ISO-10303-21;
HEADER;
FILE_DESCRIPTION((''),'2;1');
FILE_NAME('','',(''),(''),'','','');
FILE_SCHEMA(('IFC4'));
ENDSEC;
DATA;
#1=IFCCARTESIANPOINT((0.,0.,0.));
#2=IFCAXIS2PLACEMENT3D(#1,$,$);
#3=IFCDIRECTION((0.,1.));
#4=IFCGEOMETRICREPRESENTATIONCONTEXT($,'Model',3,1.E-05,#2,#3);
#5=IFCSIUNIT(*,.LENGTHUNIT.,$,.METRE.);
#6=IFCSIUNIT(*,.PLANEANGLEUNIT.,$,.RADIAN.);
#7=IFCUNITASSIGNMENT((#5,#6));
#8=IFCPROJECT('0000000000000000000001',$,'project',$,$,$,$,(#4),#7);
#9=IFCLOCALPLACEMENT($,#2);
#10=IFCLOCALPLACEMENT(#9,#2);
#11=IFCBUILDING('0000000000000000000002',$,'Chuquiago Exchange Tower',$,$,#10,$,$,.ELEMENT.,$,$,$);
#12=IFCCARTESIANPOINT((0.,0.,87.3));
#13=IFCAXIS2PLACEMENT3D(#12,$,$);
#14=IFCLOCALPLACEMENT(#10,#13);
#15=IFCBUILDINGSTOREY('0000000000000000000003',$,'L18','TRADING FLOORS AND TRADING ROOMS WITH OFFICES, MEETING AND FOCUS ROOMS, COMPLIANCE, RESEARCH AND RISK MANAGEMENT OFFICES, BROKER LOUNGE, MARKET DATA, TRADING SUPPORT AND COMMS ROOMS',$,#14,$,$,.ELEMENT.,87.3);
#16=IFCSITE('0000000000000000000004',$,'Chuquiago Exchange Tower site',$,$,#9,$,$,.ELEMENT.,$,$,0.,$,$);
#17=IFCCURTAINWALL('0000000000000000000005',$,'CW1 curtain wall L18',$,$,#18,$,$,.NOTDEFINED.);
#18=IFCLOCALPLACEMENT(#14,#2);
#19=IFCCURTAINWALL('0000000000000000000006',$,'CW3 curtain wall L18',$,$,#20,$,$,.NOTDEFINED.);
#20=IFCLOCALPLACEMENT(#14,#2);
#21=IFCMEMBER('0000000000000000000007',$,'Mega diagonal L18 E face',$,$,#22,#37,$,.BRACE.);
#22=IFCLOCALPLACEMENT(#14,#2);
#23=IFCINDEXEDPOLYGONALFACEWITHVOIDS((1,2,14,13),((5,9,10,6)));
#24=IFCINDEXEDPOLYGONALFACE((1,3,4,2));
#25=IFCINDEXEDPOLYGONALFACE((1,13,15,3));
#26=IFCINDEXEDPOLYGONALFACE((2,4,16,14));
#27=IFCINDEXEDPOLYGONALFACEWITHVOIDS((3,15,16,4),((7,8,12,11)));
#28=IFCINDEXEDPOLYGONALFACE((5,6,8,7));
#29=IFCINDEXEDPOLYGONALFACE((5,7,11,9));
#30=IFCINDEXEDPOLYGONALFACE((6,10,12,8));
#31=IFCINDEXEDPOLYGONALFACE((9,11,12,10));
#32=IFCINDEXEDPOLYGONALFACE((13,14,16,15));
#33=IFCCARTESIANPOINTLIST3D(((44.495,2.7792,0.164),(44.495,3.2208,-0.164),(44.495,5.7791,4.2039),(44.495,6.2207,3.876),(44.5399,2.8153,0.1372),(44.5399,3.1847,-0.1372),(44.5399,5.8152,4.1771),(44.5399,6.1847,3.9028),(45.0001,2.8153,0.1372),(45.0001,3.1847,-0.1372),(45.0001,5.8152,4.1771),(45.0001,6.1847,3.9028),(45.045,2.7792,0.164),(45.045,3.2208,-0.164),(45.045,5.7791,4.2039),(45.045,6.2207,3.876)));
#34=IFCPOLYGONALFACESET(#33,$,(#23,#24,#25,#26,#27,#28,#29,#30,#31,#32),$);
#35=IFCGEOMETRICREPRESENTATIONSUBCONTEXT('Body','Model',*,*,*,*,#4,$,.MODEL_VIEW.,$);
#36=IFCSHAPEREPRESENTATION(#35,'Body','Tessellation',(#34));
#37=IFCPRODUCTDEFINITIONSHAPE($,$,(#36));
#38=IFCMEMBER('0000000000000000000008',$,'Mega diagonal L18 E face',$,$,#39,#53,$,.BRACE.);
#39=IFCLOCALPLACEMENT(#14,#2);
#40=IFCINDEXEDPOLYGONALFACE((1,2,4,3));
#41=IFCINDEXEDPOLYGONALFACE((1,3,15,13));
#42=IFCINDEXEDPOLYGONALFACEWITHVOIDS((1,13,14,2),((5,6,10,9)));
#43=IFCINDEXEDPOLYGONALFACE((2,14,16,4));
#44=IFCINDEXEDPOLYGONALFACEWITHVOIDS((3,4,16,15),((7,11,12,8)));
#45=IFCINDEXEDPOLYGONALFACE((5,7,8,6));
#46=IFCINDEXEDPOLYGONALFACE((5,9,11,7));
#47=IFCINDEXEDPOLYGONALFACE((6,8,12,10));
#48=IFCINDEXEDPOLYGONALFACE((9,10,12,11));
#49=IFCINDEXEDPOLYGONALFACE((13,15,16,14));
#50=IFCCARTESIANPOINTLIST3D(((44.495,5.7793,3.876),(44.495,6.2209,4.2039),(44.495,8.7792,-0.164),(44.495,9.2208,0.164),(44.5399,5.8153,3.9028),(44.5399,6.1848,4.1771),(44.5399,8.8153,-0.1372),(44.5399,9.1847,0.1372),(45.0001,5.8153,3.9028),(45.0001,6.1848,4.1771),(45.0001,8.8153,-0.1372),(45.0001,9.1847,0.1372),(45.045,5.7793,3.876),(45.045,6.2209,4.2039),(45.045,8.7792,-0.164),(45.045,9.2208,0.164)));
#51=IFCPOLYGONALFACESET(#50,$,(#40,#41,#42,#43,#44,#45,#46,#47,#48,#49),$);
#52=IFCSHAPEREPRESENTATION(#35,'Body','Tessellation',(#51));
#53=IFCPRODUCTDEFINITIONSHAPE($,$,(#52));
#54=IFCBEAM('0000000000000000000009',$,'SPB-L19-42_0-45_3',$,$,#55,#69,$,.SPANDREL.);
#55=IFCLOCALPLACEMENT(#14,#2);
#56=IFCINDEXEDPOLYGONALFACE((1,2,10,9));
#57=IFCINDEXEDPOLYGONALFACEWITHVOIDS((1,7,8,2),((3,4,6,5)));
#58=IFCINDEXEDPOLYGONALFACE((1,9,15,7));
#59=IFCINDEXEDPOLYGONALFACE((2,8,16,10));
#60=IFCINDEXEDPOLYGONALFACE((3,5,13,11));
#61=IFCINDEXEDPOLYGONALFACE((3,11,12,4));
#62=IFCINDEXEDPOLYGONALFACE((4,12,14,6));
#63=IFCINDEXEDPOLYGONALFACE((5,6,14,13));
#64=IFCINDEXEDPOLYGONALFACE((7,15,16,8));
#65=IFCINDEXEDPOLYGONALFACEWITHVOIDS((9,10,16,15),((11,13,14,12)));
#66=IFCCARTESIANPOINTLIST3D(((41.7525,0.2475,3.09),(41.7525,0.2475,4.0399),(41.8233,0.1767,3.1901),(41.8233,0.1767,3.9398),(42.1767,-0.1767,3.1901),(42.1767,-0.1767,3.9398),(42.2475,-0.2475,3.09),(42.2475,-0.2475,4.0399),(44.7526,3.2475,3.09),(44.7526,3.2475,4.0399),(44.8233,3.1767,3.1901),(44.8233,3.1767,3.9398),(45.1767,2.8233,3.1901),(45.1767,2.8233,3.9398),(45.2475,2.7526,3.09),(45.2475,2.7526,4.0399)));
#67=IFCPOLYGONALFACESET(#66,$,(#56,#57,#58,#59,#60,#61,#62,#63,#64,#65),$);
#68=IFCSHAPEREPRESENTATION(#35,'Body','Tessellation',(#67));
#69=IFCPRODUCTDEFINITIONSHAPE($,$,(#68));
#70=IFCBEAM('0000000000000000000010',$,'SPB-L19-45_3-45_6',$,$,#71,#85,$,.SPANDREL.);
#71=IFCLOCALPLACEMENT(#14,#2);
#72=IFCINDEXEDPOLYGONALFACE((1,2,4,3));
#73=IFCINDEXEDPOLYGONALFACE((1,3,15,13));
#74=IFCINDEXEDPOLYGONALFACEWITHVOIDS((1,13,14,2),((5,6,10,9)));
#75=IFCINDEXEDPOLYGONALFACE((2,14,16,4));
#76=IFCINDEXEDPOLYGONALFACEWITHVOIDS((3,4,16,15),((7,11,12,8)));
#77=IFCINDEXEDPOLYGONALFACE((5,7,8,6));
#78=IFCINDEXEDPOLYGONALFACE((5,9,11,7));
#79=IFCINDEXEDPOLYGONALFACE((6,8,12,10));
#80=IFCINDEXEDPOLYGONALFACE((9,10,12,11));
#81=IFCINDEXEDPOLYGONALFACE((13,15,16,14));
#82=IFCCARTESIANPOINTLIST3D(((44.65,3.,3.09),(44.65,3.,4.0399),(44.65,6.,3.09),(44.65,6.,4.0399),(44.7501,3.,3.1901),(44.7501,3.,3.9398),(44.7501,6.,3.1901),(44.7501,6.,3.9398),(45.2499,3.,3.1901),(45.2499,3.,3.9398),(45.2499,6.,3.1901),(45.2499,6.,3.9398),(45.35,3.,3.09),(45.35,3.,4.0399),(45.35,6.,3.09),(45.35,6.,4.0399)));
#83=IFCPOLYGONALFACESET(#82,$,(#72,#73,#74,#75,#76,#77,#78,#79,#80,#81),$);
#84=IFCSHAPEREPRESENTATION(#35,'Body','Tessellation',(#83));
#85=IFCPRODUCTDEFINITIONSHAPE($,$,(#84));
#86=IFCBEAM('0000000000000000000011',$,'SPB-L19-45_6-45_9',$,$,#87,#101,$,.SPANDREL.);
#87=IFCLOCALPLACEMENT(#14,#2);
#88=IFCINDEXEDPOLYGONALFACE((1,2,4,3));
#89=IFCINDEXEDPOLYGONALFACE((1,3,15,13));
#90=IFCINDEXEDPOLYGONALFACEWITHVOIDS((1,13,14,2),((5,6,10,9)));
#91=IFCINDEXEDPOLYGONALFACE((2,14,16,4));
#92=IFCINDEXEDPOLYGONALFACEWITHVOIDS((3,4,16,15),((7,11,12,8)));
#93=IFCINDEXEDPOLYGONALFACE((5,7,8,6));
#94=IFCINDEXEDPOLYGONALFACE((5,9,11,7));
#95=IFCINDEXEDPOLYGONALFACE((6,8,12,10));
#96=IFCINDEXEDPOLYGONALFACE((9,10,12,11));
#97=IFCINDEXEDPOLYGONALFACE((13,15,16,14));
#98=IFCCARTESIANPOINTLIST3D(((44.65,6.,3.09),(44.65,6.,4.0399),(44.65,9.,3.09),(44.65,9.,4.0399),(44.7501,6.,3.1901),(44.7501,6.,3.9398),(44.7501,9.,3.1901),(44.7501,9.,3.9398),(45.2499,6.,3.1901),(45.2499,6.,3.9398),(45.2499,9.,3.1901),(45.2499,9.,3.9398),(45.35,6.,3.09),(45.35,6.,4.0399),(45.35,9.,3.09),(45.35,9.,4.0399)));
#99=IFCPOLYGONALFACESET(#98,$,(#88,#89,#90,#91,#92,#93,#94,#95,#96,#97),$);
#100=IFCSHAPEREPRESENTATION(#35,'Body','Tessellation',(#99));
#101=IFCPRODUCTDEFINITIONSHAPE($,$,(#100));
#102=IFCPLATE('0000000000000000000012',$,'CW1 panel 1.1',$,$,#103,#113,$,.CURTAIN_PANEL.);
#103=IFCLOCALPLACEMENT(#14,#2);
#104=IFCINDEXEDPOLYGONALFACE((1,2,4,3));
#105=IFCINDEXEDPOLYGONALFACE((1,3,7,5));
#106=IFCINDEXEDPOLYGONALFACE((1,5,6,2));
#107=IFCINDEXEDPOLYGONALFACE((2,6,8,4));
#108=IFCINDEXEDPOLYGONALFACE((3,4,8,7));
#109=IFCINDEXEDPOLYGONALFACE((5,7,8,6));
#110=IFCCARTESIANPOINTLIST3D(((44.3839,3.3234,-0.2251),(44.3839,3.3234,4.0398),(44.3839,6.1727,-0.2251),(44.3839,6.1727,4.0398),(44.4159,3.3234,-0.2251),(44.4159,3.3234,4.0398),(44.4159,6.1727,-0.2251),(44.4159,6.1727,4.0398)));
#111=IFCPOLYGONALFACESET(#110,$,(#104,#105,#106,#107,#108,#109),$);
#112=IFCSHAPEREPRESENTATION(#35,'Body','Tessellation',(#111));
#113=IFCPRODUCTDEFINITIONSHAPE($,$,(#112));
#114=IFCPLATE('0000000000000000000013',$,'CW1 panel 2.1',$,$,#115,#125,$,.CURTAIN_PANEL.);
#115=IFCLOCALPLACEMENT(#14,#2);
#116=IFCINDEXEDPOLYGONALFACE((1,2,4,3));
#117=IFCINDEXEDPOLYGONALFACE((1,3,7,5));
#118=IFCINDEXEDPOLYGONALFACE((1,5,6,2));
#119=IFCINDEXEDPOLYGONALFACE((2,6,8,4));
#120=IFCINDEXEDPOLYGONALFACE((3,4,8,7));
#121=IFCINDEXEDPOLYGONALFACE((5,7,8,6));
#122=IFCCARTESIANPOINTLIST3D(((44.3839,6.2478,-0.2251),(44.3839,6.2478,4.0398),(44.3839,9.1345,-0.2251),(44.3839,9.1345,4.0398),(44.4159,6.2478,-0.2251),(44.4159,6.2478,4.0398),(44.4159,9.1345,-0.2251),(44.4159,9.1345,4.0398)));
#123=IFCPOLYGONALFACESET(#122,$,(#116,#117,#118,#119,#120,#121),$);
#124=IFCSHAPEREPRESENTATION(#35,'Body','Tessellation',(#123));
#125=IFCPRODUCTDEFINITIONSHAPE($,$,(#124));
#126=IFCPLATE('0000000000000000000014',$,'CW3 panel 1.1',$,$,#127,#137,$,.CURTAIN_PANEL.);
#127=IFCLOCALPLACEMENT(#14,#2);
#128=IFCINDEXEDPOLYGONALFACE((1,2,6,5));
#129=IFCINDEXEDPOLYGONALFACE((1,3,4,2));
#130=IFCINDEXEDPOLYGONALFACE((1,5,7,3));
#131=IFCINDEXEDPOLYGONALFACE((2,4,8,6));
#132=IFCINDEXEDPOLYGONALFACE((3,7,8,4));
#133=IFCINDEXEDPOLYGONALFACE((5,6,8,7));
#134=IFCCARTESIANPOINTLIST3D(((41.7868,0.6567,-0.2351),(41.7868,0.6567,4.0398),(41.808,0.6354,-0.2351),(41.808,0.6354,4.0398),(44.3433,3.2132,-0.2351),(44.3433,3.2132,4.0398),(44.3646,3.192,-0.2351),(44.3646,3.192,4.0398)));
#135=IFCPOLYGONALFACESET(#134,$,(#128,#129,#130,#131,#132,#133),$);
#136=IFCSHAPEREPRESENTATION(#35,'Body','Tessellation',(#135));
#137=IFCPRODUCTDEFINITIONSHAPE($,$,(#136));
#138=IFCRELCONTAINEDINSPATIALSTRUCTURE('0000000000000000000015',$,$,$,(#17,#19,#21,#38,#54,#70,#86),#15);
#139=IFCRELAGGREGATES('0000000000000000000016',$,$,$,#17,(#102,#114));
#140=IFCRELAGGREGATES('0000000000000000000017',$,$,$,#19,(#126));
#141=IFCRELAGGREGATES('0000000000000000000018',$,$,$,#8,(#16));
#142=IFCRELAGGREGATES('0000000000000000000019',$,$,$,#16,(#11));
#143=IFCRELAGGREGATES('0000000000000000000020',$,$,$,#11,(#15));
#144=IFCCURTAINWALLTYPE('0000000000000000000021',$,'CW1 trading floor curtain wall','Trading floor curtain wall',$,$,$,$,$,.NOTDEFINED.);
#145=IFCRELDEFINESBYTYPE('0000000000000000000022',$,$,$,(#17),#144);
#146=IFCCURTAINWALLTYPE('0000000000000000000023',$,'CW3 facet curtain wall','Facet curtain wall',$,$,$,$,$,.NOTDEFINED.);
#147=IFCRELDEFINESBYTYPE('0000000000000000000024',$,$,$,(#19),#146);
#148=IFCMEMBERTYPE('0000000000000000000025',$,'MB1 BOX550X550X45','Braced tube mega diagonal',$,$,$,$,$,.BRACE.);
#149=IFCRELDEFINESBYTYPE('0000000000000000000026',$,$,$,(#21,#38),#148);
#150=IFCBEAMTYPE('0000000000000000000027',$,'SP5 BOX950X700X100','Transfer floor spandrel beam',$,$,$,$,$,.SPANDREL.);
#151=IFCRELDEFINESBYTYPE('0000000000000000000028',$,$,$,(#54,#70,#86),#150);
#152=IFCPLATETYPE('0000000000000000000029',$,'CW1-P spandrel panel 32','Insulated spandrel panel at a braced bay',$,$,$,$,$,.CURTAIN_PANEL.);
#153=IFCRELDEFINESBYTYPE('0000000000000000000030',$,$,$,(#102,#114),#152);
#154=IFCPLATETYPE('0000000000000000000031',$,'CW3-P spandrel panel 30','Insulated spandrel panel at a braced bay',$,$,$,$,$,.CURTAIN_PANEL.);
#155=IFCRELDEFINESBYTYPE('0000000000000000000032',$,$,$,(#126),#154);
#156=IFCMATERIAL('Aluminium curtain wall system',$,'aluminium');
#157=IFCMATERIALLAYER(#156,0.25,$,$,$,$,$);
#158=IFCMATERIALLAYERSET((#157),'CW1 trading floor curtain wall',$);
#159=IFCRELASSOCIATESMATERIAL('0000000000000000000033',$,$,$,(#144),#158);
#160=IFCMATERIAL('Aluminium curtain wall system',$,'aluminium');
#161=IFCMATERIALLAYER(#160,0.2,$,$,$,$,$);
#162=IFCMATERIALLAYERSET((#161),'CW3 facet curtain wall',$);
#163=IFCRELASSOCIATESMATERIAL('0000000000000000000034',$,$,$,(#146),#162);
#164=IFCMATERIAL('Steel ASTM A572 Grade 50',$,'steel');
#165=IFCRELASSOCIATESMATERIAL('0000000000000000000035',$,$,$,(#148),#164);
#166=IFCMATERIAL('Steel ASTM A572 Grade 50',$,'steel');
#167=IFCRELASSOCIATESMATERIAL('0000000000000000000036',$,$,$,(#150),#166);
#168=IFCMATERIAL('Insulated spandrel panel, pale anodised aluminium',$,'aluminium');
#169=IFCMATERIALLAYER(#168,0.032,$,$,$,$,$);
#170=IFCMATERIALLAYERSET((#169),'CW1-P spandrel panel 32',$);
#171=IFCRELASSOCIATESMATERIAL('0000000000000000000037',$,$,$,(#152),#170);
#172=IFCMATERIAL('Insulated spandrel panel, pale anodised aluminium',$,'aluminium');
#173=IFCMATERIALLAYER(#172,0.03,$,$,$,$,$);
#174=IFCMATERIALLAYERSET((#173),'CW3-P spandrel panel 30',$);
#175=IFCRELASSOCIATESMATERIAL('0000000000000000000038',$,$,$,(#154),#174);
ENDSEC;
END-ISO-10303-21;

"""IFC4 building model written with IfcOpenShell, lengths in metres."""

from ifc_helpers import new_model, si_unit, direction, frame, origin, origin_2d, place, context, subcontext, project, spatial, rectangle, hollow_rectangle, extrude, material, layer, layer_set, material_profile, profile_set, type_object, element, aggregate, save


model = new_model("IFC4")

# Units and contexts
model_context = context("Model", 3, precision=1e-05, world=origin(), true_north=direction((0.0, 1.0)))
body_context = subcontext(model_context, "Body", "Model", "MODEL_VIEW")
ifc_project = project(units=[si_unit("LENGTHUNIT", "METRE"), si_unit("PLANEANGLEUNIT", "RADIAN")], contexts=[model_context])

# Site, building, storey
site_placement = place(None, origin())
site = spatial("IfcSite", under=ifc_project, at=site_placement, Name="Chuquiago Exchange Tower site", CompositionType="ELEMENT", RefElevation=0.0)
building_placement = place(site_placement, origin())
building = spatial("IfcBuilding", under=site, at=building_placement, Name="Chuquiago Exchange Tower", CompositionType="ELEMENT")
storey_placement = place(building_placement, frame((0.0, 0.0, 87.3)))
storey = spatial("IfcBuildingStorey", under=building, at=storey_placement, Name="L18", Description="TRADING FLOORS AND TRADING ROOMS WITH OFFICES, MEETING AND FOCUS ROOMS, COMPLIANCE, RESEARCH AND RISK MANAGEMENT OFFICES, BROKER LOUNGE, MARKET DATA, TRADING SUPPORT AND COMMS ROOMS", CompositionType="ELEMENT", Elevation=87.3)

# Curtain walls
ifc_material_1 = material(Name="Aluminium curtain wall system", Category="aluminium")
ifc_layer_1 = layer(ifc_material_1, 0.25)
ifc_layer_set_1 = layer_set([ifc_layer_1], Name="CW1 trading floor curtain wall")
curtain_wall_type_1 = type_object("IfcCurtainWallType", Name="CW1 trading floor curtain wall", Description="Trading floor curtain wall", PredefinedType="NOTDEFINED", material=ifc_layer_set_1)
curtain_wall_1_placement = place(storey_placement, origin())
curtain_wall_1 = element("IfcCurtainWall", 1, at=curtain_wall_1_placement, inside=storey, type_object=curtain_wall_type_1, Name="CW1 curtain wall L18", PredefinedType="NOTDEFINED")
ifc_material_2 = material(Name="Aluminium curtain wall system", Category="aluminium")
ifc_layer_2 = layer(ifc_material_2, 0.2)
ifc_layer_set_2 = layer_set([ifc_layer_2], Name="CW3 facet curtain wall")
curtain_wall_type_2 = type_object("IfcCurtainWallType", Name="CW3 facet curtain wall", Description="Facet curtain wall", PredefinedType="NOTDEFINED", material=ifc_layer_set_2)
curtain_wall_2_placement = place(storey_placement, origin())
curtain_wall_2 = element("IfcCurtainWall", 2, at=curtain_wall_2_placement, inside=storey, type_object=curtain_wall_type_2, Name="CW3 curtain wall L18", PredefinedType="NOTDEFINED")

# Members
ifc_material_3 = material(Name="Steel ASTM A572 Grade 50", Category="steel")
ifc_material_profile_1 = material_profile(ifc_material_3, hollow_rectangle(XDim=0.55, YDim=0.55, WallThickness=0.0449, at=origin_2d()), Name="BOX550X550X45")
ifc_profile_set_1 = profile_set([ifc_material_profile_1], Name="Steel ASTM A572 Grade 50")
member_type_1 = type_object("IfcMemberType", Name="MB1 BOX550X550X45", Description="Braced tube mega diagonal", PredefinedType="BRACE", material=ifc_profile_set_1)
for number, where, z_axis, x_axis, name in (
    (3, (44.77, 3.0, 0.0), (0.0, 0.596174, 0.802855), (-1.0, 0.0, 0.0), "Mega diagonal L18 E face"),
    (4, (44.77, 9.0, 0.0), (0.0, -0.596174, 0.802855), (1.0, 0.0, 0.0), "Mega diagonal L18 E face"),
):
    element("IfcMember", number, at=place(storey_placement, frame(where, z_axis=z_axis, x_axis=x_axis)), inside=storey, type_object=member_type_1, Name=name, PredefinedType="BRACE", context=body_context, shape_type="SweptSolid", body=[
        extrude(hollow_rectangle(XDim=0.55, YDim=0.55, WallThickness=0.0449, at=origin_2d()), origin(), (0.0, 0.0, 1.0), 5.032),
    ])

# Beams
ifc_material_4 = material(Name="Steel ASTM A572 Grade 50", Category="steel")
ifc_material_profile_2 = material_profile(ifc_material_4, hollow_rectangle(XDim=0.7, YDim=0.95, WallThickness=0.1001, at=origin_2d()), Name="BOX950X700X100")
ifc_profile_set_2 = profile_set([ifc_material_profile_2], Name="Steel ASTM A572 Grade 50")
beam_type = type_object("IfcBeamType", Name="SP5 BOX950X700X100", Description="Transfer floor spandrel beam", PredefinedType="SPANDREL", material=ifc_profile_set_2)
beam_placement = place(storey_placement, frame((42.0, 0.0, 3.5649), z_axis=(0.707107, 0.707107, 0.0), x_axis=(-0.707107, 0.707107, 0.0)))
element("IfcBeam", 5, at=beam_placement, inside=storey, type_object=beam_type, Name="SPB-L19-42_0-45_3", PredefinedType="SPANDREL", context=body_context, shape_type="SweptSolid", body=[
    extrude(hollow_rectangle(XDim=0.7, YDim=0.95, WallThickness=0.1001, at=origin_2d()), origin(), (0.0, 0.0, 1.0), 4.2427),
])
for number, where, z_axis, x_axis, name in (
    (6, (45.0, 3.0, 3.5649), (0.0, 1.0, 0.0), (-1.0, 0.0, 0.0), "SPB-L19-45_3-45_6"),
    (7, (45.0, 6.0, 3.5649), (0.0, 1.0, 0.0), (-1.0, 0.0, 0.0), "SPB-L19-45_6-45_9"),
):
    element("IfcBeam", number, at=place(storey_placement, frame(where, z_axis=z_axis, x_axis=x_axis)), inside=storey, type_object=beam_type, Name=name, PredefinedType="SPANDREL", context=body_context, shape_type="SweptSolid", body=[
        extrude(hollow_rectangle(XDim=0.7, YDim=0.95, WallThickness=0.1001, at=origin_2d()), origin(), (0.0, 0.0, 1.0), 3.0),
    ])

# Plates
ifc_material_5 = material(Name="Insulated spandrel panel, pale anodised aluminium", Category="aluminium")
ifc_layer_3 = layer(ifc_material_5, 0.032)
ifc_layer_set_3 = layer_set([ifc_layer_3], Name="CW1-P spandrel panel 32")
plate_type_1 = type_object("IfcPlateType", Name="CW1-P spandrel panel 32", Description="Insulated spandrel panel at a braced bay", PredefinedType="CURTAIN_PANEL", material=ifc_layer_set_3)
plate_1_placement = place(storey_placement, frame((44.3999, 4.748, -0.2251), z_axis=(0.0, 0.0, 1.0), x_axis=(0.0, 1.0, 0.0)))
plate_1 = element("IfcPlate", 8, at=plate_1_placement, type_object=plate_type_1, Name="CW1 panel 1.1", PredefinedType="CURTAIN_PANEL", context=body_context, shape_type="SweptSolid", body=[
    extrude(rectangle(XDim=2.8494, YDim=0.032, at=origin_2d()), origin(), (0.0, 0.0, 1.0), 4.2649),
])
plate_2_placement = place(storey_placement, frame((44.3999, 7.6912, -0.2251), z_axis=(0.0, 0.0, 1.0), x_axis=(0.0, 1.0, 0.0)))
plate_2 = element("IfcPlate", 9, at=plate_2_placement, type_object=plate_type_1, Name="CW1 panel 2.1", PredefinedType="CURTAIN_PANEL", context=body_context, shape_type="SweptSolid", body=[
    extrude(rectangle(XDim=2.8867, YDim=0.032, at=origin_2d()), origin(), (0.0, 0.0, 1.0), 4.2649),
])
aggregate(curtain_wall_1, [plate_1, plate_2])
ifc_material_6 = material(Name="Insulated spandrel panel, pale anodised aluminium", Category="aluminium")
ifc_layer_4 = layer(ifc_material_6, 0.03)
ifc_layer_set_4 = layer_set([ifc_layer_4], Name="CW3-P spandrel panel 30")
plate_type_2 = type_object("IfcPlateType", Name="CW3-P spandrel panel 30", Description="Insulated spandrel panel at a braced bay", PredefinedType="CURTAIN_PANEL", material=ifc_layer_set_4)
plate_3_placement = place(storey_placement, frame((43.0757, 1.9243, -0.2351), z_axis=(0.0, 0.0, 1.0), x_axis=(0.707107, 0.707107, 0.0)))
plate_3 = element("IfcPlate", 10, at=plate_3_placement, type_object=plate_type_2, Name="CW3 panel 1.1", PredefinedType="CURTAIN_PANEL", context=body_context, shape_type="SweptSolid", body=[
    extrude(rectangle(XDim=3.6155, YDim=0.03, at=origin_2d()), origin(), (0.0, 0.0, 1.0), 4.2749),
])
aggregate(curtain_wall_2, [plate_3])

save(model, "model.ifc")
